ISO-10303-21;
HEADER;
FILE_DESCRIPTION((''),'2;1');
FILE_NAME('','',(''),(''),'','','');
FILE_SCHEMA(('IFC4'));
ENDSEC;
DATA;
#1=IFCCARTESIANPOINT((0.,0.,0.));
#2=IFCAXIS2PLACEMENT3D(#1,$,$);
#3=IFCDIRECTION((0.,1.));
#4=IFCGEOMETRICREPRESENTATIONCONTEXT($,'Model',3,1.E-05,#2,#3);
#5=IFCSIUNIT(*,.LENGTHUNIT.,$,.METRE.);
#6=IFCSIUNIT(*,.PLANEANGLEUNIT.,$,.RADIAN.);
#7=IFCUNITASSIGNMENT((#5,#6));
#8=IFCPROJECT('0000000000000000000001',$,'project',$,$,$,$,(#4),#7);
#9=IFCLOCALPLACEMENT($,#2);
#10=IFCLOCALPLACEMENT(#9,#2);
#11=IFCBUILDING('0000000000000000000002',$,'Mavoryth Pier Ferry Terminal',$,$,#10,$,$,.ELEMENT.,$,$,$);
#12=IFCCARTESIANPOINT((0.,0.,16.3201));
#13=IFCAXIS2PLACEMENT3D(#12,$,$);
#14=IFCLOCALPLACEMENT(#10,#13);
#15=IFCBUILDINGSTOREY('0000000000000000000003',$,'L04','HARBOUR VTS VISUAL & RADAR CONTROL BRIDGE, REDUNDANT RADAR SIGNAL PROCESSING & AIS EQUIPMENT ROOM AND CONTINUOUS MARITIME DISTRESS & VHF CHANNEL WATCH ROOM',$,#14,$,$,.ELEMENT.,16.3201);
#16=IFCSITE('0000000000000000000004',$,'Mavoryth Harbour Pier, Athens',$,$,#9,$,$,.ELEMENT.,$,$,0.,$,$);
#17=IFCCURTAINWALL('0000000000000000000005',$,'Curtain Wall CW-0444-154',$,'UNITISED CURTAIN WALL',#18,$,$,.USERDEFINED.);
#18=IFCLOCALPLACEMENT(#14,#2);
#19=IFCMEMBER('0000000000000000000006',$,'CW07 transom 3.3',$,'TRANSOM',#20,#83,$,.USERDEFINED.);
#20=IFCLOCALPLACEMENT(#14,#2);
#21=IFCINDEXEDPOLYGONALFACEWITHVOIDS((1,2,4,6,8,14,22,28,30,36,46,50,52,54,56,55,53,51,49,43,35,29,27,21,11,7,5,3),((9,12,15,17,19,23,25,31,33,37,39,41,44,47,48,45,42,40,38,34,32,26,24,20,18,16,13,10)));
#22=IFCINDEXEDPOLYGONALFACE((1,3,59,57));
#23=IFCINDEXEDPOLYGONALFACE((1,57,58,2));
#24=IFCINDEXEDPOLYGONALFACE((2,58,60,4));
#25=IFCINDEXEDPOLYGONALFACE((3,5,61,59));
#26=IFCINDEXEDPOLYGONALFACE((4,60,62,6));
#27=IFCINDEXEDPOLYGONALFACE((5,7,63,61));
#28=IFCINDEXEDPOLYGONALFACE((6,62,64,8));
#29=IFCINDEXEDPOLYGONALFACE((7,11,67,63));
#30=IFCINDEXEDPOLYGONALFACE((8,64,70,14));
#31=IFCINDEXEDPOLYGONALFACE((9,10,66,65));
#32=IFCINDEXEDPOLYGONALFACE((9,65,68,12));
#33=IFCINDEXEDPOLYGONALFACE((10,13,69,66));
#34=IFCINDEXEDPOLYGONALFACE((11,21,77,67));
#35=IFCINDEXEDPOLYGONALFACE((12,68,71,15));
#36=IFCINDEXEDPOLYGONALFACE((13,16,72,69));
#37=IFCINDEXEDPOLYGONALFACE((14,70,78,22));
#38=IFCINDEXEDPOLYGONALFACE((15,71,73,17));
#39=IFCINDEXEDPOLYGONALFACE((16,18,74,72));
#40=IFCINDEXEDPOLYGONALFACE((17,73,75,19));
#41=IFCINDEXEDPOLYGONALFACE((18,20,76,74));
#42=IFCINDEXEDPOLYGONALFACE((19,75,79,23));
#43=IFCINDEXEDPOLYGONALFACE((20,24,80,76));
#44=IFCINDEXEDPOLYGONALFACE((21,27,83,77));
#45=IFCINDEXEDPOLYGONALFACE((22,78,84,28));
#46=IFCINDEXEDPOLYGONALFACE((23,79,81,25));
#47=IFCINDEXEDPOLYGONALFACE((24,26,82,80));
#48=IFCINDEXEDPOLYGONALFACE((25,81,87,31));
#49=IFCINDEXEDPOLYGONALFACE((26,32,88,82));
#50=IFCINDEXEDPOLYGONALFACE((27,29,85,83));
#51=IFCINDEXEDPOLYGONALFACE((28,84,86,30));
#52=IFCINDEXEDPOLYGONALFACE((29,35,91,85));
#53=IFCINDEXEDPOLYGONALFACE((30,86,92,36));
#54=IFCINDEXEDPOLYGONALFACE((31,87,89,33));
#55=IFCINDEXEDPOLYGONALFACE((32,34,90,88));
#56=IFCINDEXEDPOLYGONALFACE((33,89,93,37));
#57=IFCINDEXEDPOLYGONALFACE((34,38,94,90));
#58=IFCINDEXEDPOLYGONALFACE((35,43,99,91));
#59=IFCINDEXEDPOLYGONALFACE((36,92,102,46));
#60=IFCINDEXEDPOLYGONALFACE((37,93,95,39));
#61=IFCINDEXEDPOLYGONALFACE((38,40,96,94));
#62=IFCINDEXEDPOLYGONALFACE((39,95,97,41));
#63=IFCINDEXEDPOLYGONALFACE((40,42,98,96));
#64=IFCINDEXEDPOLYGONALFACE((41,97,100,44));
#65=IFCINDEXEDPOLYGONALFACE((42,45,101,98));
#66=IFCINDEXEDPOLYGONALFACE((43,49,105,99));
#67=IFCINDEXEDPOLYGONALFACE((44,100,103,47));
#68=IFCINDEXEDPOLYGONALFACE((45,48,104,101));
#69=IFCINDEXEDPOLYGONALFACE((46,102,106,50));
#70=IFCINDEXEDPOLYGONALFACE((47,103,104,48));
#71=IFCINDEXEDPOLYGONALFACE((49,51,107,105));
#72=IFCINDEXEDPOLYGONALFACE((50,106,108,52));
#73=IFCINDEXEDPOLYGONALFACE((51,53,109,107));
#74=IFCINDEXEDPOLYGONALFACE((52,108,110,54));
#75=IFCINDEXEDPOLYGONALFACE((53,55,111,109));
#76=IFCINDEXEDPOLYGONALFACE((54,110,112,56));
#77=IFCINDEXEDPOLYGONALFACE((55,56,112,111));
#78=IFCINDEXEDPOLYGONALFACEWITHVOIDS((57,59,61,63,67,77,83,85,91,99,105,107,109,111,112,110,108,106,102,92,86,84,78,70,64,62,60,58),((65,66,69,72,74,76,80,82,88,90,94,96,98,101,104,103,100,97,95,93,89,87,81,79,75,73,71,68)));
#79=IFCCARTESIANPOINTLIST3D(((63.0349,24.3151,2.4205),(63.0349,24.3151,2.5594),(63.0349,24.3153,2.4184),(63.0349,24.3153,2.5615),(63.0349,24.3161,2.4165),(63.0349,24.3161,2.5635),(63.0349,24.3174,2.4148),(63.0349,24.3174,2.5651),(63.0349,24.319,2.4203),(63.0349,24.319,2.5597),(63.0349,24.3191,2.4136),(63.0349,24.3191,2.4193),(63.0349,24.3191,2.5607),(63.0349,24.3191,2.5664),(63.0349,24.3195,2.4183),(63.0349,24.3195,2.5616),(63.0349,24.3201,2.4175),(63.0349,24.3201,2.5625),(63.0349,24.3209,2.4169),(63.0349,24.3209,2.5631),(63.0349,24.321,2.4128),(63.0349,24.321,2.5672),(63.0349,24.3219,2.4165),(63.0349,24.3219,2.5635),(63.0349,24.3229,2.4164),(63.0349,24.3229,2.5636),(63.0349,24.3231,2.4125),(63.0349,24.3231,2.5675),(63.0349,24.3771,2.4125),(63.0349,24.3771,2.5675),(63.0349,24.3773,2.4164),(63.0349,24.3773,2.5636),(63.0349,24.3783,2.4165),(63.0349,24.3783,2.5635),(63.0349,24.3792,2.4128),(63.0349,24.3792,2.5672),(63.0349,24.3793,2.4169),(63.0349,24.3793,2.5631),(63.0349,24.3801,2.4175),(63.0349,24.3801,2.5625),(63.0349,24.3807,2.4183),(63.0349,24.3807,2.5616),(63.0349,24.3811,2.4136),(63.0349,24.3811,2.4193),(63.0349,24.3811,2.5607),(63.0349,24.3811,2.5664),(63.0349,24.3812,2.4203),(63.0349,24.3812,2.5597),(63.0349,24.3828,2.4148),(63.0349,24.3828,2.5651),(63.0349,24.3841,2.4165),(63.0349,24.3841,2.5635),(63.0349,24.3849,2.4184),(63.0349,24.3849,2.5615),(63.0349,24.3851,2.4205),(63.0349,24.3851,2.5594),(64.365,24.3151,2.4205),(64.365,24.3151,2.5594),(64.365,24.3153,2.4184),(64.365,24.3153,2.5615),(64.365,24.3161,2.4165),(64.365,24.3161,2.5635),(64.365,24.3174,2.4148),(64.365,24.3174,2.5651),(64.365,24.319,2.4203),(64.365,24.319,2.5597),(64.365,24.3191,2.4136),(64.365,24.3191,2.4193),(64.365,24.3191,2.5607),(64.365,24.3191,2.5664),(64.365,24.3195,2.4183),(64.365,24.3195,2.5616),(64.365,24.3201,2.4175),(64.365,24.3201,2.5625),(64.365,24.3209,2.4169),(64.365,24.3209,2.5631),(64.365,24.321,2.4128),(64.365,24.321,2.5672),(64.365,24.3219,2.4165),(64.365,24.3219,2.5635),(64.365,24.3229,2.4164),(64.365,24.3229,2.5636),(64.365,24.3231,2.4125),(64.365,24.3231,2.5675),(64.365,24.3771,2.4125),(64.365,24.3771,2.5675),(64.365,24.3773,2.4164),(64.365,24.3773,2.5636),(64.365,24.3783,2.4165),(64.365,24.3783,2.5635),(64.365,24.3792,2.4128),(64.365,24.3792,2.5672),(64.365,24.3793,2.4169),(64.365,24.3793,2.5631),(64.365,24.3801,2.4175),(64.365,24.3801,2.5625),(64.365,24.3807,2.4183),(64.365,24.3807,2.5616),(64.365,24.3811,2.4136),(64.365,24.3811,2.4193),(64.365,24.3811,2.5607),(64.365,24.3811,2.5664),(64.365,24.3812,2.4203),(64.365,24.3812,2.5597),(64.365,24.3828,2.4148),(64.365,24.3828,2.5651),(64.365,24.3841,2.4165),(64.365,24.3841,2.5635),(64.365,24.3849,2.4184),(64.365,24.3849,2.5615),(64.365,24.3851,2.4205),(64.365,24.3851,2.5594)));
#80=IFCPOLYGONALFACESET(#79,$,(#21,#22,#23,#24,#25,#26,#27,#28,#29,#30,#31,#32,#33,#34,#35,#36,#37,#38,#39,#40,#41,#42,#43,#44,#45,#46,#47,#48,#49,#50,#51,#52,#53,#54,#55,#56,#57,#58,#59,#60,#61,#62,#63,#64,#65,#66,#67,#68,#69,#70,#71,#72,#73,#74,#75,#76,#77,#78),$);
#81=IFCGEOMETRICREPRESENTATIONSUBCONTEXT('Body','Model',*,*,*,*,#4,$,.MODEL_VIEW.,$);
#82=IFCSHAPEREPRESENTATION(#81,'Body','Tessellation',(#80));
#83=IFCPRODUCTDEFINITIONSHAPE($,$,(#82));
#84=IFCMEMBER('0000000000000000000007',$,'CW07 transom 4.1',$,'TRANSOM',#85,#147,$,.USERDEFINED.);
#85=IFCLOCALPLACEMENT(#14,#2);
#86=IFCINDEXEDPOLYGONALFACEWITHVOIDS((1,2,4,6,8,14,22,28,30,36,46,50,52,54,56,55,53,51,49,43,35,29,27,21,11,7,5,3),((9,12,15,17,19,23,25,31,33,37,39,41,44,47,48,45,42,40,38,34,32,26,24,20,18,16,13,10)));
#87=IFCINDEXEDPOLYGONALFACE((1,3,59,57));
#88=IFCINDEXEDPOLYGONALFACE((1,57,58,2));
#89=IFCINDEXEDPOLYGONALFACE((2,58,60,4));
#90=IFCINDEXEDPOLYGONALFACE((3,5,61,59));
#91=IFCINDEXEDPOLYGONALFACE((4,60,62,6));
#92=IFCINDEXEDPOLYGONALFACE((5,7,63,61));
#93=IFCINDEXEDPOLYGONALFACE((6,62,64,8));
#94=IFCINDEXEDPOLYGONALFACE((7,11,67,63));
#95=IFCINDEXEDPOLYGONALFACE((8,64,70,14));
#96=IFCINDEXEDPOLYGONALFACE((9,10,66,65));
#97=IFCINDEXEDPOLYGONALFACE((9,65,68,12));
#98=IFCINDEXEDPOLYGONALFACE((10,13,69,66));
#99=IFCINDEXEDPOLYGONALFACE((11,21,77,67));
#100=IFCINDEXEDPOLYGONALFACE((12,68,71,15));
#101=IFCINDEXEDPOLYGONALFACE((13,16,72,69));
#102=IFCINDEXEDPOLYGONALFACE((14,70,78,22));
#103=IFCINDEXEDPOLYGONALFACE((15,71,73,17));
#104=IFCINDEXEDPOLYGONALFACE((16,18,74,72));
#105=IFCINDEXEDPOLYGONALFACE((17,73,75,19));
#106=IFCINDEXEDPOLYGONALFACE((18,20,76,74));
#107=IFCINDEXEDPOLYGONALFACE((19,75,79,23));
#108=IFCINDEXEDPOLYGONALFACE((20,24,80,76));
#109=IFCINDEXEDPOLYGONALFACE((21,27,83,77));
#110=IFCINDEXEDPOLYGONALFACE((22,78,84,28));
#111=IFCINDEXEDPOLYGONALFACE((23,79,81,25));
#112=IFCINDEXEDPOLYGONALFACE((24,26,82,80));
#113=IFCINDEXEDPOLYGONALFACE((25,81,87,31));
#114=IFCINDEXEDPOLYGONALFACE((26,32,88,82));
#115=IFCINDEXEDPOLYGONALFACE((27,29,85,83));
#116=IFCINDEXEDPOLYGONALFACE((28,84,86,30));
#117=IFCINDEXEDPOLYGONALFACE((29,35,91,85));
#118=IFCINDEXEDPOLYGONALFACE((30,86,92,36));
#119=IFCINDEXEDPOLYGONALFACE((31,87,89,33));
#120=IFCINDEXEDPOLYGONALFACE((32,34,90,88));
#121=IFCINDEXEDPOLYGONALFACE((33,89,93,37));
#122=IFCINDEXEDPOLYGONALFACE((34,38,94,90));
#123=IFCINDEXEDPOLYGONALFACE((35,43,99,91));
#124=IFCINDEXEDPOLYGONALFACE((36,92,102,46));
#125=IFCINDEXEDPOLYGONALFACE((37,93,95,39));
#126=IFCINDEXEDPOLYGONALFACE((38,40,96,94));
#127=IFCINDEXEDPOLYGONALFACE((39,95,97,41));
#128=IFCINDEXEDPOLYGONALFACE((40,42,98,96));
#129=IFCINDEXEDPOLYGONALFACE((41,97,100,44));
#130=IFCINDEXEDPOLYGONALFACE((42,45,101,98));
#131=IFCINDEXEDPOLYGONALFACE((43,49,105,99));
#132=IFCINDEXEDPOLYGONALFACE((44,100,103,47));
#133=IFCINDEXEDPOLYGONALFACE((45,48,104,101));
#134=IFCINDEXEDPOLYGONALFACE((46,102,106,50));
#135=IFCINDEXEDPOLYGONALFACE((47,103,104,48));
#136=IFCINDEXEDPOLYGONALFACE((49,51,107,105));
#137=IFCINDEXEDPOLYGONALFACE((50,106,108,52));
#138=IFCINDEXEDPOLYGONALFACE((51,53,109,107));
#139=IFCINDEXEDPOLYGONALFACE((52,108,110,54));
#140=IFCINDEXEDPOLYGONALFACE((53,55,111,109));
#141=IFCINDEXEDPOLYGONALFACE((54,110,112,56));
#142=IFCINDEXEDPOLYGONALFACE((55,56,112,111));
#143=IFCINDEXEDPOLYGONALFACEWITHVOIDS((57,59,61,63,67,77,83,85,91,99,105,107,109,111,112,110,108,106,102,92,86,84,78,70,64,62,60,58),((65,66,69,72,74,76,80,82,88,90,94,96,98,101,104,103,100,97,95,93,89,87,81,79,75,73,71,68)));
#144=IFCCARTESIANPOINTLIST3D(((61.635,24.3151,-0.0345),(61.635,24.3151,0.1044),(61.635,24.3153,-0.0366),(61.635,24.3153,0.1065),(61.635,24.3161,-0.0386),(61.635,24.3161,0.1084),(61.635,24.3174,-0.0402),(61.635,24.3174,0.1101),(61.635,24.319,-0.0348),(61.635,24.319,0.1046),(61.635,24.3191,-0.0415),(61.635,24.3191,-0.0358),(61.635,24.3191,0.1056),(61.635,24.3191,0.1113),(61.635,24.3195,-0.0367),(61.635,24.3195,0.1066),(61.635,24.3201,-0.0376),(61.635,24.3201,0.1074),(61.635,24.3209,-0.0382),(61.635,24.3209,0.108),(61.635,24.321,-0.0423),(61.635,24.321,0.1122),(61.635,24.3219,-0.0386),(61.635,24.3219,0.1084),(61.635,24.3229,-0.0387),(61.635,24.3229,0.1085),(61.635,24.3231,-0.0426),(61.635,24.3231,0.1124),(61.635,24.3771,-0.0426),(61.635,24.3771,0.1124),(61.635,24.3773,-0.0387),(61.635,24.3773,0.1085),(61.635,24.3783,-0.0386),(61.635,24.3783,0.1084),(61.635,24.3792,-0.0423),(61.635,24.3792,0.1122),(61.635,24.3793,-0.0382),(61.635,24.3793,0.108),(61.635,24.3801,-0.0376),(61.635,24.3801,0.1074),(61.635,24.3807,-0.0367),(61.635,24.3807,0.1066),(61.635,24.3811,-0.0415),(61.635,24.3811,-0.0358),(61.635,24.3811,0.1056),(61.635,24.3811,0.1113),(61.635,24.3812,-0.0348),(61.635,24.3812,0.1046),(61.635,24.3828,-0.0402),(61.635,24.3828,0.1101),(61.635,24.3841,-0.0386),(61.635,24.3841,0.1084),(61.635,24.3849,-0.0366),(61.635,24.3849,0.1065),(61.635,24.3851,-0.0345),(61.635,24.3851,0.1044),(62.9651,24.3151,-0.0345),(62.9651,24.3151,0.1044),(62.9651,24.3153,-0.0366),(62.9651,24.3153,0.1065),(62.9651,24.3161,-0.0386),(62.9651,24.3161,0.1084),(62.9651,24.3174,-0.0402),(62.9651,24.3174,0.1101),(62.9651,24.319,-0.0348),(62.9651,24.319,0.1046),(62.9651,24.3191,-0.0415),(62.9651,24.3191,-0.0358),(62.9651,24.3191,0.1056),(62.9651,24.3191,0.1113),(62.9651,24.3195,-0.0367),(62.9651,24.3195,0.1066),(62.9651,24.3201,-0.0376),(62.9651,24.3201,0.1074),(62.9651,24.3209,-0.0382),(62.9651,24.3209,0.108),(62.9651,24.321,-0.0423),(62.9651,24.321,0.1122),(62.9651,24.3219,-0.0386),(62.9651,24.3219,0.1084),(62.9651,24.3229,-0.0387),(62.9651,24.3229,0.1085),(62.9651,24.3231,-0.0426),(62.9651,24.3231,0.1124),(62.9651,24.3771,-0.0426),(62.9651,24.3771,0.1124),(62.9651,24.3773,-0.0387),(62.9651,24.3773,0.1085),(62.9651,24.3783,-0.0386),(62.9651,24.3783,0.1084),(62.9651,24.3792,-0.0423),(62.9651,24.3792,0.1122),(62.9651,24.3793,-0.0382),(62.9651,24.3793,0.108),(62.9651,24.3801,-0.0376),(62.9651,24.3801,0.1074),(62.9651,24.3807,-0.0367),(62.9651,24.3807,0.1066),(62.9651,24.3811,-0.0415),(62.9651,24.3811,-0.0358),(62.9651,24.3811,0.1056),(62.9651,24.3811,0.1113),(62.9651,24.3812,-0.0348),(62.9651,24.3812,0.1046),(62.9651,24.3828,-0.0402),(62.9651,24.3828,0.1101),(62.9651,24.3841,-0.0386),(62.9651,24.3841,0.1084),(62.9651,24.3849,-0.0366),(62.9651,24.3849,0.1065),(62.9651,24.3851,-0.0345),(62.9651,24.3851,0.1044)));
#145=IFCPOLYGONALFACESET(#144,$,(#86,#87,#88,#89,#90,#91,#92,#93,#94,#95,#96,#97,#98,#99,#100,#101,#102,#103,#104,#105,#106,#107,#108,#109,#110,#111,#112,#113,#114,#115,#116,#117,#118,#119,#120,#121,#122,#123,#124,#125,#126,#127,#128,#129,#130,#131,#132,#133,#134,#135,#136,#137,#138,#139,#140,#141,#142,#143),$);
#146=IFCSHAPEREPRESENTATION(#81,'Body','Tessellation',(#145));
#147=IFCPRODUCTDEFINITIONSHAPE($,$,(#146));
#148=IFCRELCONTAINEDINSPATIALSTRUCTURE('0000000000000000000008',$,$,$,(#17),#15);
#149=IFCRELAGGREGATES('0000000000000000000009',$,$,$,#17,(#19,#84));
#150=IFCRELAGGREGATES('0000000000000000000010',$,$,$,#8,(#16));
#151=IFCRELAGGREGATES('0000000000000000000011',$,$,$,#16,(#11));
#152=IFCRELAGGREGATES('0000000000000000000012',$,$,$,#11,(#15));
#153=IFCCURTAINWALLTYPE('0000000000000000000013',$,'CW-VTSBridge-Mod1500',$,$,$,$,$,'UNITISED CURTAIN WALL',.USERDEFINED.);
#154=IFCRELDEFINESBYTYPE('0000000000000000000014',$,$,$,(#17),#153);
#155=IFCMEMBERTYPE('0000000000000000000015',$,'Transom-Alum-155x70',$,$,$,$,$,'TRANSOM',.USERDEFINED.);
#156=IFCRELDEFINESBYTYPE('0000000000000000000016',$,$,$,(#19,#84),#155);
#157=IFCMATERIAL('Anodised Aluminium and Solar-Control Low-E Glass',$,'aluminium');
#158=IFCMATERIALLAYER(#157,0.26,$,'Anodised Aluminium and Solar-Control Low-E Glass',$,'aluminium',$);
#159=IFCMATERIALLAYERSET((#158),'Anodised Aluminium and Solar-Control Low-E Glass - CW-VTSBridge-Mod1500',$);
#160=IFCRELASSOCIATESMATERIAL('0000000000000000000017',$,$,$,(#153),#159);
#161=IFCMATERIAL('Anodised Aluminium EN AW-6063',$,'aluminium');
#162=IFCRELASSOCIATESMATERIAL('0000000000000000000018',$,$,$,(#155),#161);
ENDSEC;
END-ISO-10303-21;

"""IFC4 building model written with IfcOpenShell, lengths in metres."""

from ifc_helpers import new_model, si_unit, direction, frame, origin, origin_2d, place, context, subcontext, project, spatial, hollow_rectangle, extrude, material, layer, layer_set, material_profile, profile_set, type_object, element, aggregate, save


model = new_model("IFC4")

# Units and contexts
model_context = context("Model", 3, precision=1e-05, world=origin(), true_north=direction((0.0, 1.0)))
body_context = subcontext(model_context, "Body", "Model", "MODEL_VIEW")
ifc_project = project(units=[si_unit("LENGTHUNIT", "METRE"), si_unit("PLANEANGLEUNIT", "RADIAN")], contexts=[model_context])

# Site, building, storey
site_placement = place(None, origin())
site = spatial("IfcSite", under=ifc_project, at=site_placement, Name="Mavoryth Harbour Pier, Athens", CompositionType="ELEMENT", RefElevation=0.0)
building_placement = place(site_placement, origin())
building = spatial("IfcBuilding", under=site, at=building_placement, Name="Mavoryth Pier Ferry Terminal", CompositionType="ELEMENT")
storey_placement = place(building_placement, frame((0.0, 0.0, 16.3201)))
storey = spatial("IfcBuildingStorey", under=building, at=storey_placement, Name="L04", Description="HARBOUR VTS VISUAL & RADAR CONTROL BRIDGE, REDUNDANT RADAR SIGNAL PROCESSING & AIS EQUIPMENT ROOM AND CONTINUOUS MARITIME DISTRESS & VHF CHANNEL WATCH ROOM", CompositionType="ELEMENT", Elevation=16.3201)

# Curtain wall, members
ifc_material_1 = material(Name="Anodised Aluminium and Solar-Control Low-E Glass", Category="aluminium")
ifc_layer_1 = layer(ifc_material_1, 0.26, Name="Anodised Aluminium and Solar-Control Low-E Glass", Category="aluminium")
ifc_layer_set_1 = layer_set([ifc_layer_1], Name="Anodised Aluminium and Solar-Control Low-E Glass - CW-VTSBridge-Mod1500")
curtain_wall_type = type_object("IfcCurtainWallType", Name="CW-VTSBridge-Mod1500", ElementType="UNITISED CURTAIN WALL", PredefinedType="USERDEFINED", material=ifc_layer_set_1)
curtain_wall_placement = place(storey_placement, origin())
curtain_wall = element("IfcCurtainWall", 1, at=curtain_wall_placement, inside=storey, type_object=curtain_wall_type, Name="Curtain Wall CW-0444-154", ObjectType="UNITISED CURTAIN WALL", PredefinedType="USERDEFINED")
ifc_material_2 = material(Name="Anodised Aluminium EN AW-6063", Category="aluminium")
ifc_material_profile_1 = material_profile(ifc_material_2, hollow_rectangle(XDim=0.0701, YDim=0.155, WallThickness=0.0039, InnerFilletRadius=0.0039, OuterFilletRadius=0.0081, at=origin_2d()), Name="AL-TRAN 155x70x4", Category="aluminium")
ifc_profile_set_1 = profile_set([ifc_material_profile_1], Name="Anodised Aluminium EN AW-6063 - AL-TRAN 155x70x4")
member_type_1 = type_object("IfcMemberType", Name="Transom-Alum-155x70", ElementType="TRANSOM", PredefinedType="USERDEFINED", material=ifc_profile_set_1)
member_1_placement = place(storey_placement, frame((64.365, 24.3501, 2.49), z_axis=(-1.0, 0.0, 0.0), x_axis=(0.0, -1.0, 0.0)))
member_1 = element("IfcMember", 2, at=member_1_placement, type_object=member_type_1, Name="CW07 transom 3.3", ObjectType="TRANSOM", PredefinedType="USERDEFINED", context=body_context, shape_type="SweptSolid", body=[
    extrude(hollow_rectangle(XDim=0.0701, YDim=0.155, WallThickness=0.0039, InnerFilletRadius=0.0039, OuterFilletRadius=0.0081, at=origin_2d()), origin(), (0.0, 0.0, 1.0), 1.3301),
])
member_2_placement = place(storey_placement, frame((62.9651, 24.3501, 0.0349), z_axis=(-1.0, 0.0, 0.0), x_axis=(0.0, -1.0, 0.0)))
member_2 = element("IfcMember", 3, at=member_2_placement, type_object=member_type_1, Name="CW07 transom 4.1", ObjectType="TRANSOM", PredefinedType="USERDEFINED", context=body_context, shape_type="SweptSolid", body=[
    extrude(hollow_rectangle(XDim=0.0701, YDim=0.155, WallThickness=0.0039, InnerFilletRadius=0.0039, OuterFilletRadius=0.0081, at=origin_2d()), origin(), (0.0, 0.0, 1.0), 1.3301),
])
aggregate(curtain_wall, [member_1, member_2])

save(model, "model.ifc")
